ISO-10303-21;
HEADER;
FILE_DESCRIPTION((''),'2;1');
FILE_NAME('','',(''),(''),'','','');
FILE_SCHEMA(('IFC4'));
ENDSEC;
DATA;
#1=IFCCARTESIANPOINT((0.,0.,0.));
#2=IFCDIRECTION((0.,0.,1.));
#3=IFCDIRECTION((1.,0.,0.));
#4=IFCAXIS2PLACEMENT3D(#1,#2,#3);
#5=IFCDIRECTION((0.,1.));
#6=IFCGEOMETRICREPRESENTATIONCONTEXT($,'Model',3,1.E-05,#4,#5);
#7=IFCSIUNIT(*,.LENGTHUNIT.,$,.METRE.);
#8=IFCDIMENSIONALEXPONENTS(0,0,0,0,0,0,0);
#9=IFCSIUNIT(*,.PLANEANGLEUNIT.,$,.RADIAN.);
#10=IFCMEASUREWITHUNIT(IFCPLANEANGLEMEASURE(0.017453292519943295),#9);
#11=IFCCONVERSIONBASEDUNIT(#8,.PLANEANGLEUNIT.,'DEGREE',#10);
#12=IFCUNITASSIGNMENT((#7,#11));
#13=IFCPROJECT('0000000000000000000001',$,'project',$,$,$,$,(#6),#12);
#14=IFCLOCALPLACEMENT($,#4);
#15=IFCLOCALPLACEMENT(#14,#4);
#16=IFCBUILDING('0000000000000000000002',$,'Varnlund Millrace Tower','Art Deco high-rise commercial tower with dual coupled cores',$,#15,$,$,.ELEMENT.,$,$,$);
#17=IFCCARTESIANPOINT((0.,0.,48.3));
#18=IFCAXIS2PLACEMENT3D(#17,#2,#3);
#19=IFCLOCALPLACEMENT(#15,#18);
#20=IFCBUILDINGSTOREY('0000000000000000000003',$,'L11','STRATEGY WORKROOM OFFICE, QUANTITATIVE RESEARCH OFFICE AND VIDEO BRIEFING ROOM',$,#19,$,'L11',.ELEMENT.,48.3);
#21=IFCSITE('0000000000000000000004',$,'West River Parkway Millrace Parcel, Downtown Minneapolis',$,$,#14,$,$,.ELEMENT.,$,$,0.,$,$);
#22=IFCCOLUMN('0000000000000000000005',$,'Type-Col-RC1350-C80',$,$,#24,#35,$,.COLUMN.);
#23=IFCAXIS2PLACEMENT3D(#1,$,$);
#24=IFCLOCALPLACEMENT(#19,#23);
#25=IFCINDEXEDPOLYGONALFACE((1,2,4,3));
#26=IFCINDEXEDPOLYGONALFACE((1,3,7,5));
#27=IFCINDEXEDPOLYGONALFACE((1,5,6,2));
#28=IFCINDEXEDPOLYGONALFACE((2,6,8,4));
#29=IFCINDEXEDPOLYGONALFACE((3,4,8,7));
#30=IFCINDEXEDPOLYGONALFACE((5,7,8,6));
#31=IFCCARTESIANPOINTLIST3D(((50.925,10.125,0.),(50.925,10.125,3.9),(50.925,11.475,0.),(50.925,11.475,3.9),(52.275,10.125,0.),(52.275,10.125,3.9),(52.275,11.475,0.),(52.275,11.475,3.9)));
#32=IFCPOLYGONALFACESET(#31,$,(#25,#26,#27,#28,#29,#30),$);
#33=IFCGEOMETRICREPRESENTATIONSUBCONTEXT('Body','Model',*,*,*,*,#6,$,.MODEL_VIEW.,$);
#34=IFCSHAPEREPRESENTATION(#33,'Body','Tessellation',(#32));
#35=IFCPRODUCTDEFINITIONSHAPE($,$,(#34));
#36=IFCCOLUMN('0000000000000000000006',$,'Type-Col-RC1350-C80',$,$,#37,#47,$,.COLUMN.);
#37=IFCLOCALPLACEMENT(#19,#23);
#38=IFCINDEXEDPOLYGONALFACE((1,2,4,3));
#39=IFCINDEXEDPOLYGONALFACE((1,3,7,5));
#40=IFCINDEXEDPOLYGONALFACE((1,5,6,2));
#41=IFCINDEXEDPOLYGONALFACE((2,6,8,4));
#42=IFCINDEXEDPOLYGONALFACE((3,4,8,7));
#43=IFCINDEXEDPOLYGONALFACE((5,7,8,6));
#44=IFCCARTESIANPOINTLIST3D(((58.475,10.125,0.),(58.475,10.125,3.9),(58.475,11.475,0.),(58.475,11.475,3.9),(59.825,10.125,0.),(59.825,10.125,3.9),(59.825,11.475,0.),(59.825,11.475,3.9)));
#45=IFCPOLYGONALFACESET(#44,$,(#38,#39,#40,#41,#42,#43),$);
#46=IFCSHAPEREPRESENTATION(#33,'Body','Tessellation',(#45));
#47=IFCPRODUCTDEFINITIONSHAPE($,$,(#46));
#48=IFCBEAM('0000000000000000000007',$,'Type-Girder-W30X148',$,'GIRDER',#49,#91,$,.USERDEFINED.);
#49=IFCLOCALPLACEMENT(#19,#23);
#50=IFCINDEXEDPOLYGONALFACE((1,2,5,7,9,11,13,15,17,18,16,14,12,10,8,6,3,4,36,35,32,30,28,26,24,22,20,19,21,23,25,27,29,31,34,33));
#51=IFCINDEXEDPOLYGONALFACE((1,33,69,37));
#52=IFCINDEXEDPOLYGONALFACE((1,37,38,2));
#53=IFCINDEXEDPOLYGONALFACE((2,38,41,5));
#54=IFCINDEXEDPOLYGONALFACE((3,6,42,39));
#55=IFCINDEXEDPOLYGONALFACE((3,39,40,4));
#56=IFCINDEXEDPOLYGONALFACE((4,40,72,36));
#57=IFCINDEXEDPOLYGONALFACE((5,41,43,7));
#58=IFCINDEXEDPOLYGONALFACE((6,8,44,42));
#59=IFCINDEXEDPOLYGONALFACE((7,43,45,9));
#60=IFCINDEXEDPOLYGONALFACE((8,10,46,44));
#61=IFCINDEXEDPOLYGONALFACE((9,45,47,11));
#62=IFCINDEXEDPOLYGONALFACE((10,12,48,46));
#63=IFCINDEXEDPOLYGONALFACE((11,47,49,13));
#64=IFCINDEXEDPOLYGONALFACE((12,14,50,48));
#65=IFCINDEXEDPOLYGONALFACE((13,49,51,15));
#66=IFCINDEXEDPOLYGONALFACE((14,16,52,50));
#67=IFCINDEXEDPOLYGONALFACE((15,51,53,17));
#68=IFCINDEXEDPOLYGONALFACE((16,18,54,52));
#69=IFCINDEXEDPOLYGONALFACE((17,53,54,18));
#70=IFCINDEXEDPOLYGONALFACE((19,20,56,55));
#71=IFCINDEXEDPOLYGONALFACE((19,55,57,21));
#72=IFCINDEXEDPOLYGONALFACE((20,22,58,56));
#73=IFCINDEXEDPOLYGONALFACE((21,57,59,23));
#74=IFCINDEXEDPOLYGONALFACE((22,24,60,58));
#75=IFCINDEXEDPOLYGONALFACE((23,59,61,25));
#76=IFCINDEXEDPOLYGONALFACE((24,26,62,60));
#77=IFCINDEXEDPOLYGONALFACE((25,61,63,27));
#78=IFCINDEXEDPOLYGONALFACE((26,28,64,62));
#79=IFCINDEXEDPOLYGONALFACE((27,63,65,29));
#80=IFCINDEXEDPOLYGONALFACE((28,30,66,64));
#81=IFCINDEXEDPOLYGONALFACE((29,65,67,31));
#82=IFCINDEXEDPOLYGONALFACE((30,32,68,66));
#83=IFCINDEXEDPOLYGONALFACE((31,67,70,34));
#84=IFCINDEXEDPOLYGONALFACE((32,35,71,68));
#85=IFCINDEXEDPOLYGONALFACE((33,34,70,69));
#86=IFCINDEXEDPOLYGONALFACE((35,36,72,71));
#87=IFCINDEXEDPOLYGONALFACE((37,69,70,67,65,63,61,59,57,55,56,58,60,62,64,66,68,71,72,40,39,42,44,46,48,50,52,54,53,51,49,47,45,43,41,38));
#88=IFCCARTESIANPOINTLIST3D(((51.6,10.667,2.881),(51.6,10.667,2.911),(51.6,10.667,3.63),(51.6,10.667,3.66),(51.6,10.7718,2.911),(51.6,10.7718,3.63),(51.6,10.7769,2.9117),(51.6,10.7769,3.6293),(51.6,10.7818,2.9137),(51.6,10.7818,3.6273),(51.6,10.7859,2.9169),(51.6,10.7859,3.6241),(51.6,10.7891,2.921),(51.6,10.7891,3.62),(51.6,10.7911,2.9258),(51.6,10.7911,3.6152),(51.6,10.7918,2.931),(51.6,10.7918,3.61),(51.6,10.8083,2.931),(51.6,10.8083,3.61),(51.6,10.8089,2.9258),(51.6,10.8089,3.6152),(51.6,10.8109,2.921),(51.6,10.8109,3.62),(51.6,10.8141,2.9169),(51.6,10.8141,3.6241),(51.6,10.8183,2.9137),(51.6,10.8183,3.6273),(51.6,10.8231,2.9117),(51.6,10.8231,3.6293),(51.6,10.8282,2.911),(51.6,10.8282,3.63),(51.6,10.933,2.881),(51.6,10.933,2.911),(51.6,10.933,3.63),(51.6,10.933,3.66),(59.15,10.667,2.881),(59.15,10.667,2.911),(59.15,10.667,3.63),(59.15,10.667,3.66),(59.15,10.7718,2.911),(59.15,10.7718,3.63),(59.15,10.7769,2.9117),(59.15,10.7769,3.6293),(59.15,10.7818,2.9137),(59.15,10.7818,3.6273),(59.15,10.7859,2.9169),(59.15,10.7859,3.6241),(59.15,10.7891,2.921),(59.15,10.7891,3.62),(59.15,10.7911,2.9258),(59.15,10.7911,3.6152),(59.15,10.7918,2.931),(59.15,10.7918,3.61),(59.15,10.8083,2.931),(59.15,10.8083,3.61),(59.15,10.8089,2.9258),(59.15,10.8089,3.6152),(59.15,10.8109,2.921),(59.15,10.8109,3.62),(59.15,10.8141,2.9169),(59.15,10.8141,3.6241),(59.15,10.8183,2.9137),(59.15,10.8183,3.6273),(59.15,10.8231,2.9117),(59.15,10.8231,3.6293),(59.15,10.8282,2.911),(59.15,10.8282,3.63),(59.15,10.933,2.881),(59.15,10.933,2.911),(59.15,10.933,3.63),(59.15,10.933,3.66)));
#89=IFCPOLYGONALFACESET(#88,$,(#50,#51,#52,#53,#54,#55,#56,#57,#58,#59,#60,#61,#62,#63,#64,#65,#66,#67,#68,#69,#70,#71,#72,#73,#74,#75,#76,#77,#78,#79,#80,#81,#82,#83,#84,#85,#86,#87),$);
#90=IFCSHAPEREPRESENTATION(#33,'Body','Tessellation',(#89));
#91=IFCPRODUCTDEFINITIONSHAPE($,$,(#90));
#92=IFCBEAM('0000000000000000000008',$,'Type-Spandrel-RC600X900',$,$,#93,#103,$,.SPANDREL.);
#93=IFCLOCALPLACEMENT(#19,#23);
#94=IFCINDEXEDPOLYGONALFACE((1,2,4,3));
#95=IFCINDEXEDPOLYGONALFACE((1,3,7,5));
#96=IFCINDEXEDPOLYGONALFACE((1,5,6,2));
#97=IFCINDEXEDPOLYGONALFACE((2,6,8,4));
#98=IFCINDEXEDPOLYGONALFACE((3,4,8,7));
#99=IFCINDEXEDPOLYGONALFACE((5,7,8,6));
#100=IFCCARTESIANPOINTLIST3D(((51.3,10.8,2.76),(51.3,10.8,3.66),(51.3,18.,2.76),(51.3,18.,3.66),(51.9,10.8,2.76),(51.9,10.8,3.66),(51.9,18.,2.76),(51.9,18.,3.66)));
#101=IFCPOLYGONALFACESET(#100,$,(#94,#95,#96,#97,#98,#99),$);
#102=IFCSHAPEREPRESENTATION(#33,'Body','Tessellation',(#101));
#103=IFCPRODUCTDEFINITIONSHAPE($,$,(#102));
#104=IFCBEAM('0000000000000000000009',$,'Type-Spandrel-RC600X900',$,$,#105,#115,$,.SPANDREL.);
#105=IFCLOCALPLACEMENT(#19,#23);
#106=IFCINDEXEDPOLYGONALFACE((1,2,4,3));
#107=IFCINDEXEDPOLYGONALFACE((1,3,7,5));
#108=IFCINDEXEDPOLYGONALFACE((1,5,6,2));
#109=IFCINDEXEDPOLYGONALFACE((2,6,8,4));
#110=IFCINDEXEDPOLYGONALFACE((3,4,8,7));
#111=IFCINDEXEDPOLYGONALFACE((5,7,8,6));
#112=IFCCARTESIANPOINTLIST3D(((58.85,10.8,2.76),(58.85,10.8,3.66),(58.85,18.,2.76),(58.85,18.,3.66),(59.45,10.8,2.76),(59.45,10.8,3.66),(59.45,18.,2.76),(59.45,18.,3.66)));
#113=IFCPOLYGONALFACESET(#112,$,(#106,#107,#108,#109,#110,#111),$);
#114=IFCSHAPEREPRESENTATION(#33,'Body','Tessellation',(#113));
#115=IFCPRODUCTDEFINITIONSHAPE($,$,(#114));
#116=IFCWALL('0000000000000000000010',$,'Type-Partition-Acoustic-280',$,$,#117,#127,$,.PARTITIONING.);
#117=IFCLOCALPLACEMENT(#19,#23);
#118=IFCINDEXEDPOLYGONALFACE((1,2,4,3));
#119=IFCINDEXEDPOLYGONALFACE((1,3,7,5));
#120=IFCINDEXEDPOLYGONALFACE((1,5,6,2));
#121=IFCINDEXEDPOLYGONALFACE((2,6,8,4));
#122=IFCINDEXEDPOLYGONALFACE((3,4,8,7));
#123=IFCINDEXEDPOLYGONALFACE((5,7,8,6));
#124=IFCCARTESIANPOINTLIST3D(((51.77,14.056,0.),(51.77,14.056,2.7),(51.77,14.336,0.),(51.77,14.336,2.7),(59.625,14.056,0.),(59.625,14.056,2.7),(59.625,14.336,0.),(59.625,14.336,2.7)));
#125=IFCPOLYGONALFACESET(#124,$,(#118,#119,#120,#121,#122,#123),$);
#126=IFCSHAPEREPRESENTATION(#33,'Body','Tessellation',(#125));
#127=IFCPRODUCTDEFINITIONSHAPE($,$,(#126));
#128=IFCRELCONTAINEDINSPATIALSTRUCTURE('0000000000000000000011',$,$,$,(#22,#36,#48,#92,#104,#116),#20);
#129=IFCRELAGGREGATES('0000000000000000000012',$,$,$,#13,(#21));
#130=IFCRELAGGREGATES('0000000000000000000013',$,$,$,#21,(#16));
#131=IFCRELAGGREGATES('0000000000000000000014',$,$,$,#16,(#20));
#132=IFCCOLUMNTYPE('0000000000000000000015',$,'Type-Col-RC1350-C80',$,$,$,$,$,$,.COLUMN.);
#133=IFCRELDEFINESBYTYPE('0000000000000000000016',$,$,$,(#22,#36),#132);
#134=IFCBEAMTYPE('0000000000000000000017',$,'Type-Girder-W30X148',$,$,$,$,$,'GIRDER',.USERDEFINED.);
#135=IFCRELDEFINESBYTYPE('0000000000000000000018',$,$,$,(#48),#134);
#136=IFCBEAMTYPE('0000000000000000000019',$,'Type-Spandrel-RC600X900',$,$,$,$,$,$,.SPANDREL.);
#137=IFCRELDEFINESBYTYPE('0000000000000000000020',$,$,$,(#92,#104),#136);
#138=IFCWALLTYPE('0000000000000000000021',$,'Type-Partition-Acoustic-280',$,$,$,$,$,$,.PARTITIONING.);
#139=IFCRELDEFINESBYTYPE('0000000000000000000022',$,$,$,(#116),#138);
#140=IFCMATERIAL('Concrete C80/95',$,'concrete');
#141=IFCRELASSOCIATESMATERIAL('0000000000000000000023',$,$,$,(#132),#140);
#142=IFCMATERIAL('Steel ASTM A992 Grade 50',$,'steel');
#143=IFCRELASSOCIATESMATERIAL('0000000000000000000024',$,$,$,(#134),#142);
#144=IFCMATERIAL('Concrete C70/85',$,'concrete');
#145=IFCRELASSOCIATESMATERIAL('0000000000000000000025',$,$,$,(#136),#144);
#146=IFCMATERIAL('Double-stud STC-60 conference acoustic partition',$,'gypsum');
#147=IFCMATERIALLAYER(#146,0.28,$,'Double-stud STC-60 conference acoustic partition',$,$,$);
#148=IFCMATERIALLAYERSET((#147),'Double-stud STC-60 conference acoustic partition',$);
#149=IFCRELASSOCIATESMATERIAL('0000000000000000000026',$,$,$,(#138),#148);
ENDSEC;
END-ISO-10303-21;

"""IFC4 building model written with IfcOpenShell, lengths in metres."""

from ifc_helpers import new_model, entity, si_unit, converted_unit, direction, frame, origin_with_axes, origin_2d_with_axis, place, context, subcontext, project, spatial, polyline, rectangle, i_section, outline, extrude, material, layer, layer_set, material_profile, profile_set, type_object, element, save


model = new_model("IFC4")

# Units and contexts
model_context = context("Model", 3, precision=1e-05, world=origin_with_axes(), true_north=direction((0.0, 1.0)))
body_context = subcontext(model_context, "Body", "Model", "MODEL_VIEW")
ifc_project = project(units=[si_unit("LENGTHUNIT", "METRE"), converted_unit("PLANEANGLEUNIT", "DEGREE", entity("IfcPlaneAngleMeasure", 0.017453292519943295), si_unit("PLANEANGLEUNIT", "RADIAN"), dimensions=[0, 0, 0, 0, 0, 0, 0])], contexts=[model_context])

# Site, building, storey
site_placement = place(None, origin_with_axes())
site = spatial("IfcSite", under=ifc_project, at=site_placement, Name="West River Parkway Millrace Parcel, Downtown Minneapolis", CompositionType="ELEMENT", RefElevation=0.0)
building_placement = place(site_placement, origin_with_axes())
building = spatial("IfcBuilding", under=site, at=building_placement, Name="Varnlund Millrace Tower", Description="Art Deco high-rise commercial tower with dual coupled cores", CompositionType="ELEMENT")
storey_placement = place(building_placement, frame((0.0, 0.0, 48.3), z_axis=(0.0, 0.0, 1.0), x_axis=(1.0, 0.0, 0.0)))
storey = spatial("IfcBuildingStorey", under=building, at=storey_placement, Name="L11", Description="STRATEGY WORKROOM OFFICE, QUANTITATIVE RESEARCH OFFICE AND VIDEO BRIEFING ROOM", LongName="L11", CompositionType="ELEMENT", Elevation=48.3)

# Columns
ifc_material_1 = material(Name="Concrete C80/95", Category="concrete")
ifc_material_profile_1 = material_profile(ifc_material_1, rectangle(XDim=1.35, YDim=1.35, at=origin_2d_with_axis()), Name="Concrete C80/95")
ifc_profile_set_1 = profile_set([ifc_material_profile_1], Name="Concrete C80/95")
column_type = type_object("IfcColumnType", Name="Type-Col-RC1350-C80", PredefinedType="COLUMN", material=ifc_profile_set_1)
for number, where, z_axis, x_axis, name in (
    (1, (51.6, 10.8, 0.0), (0.0, 0.0, 1.0), (1.0, 0.0, 0.0), "Type-Col-RC1350-C80"),
    (2, (59.15, 10.8, 0.0), (0.0, 0.0, 1.0), (1.0, 0.0, 0.0), "Type-Col-RC1350-C80"),
):
    element("IfcColumn", number, at=place(storey_placement, frame(where, z_axis=z_axis, x_axis=x_axis)), inside=storey, type_object=column_type, Name=name, PredefinedType="COLUMN", context=body_context, shape_type="SweptSolid", body=[
        extrude(rectangle(XDim=1.35, YDim=1.35, at=origin_2d_with_axis()), origin_with_axes(), (0.0, 0.0, 1.0), 3.9),
    ])

# Beams
ifc_material_2 = material(Name="Steel ASTM A992 Grade 50", Category="steel")
ifc_material_profile_2 = material_profile(ifc_material_2, i_section(OverallWidth=0.266, OverallDepth=0.779, WebThickness=0.0165, FlangeThickness=0.03, FilletRadius=0.02, at=origin_2d_with_axis()), Name="Steel ASTM A992 Grade 50")
ifc_profile_set_2 = profile_set([ifc_material_profile_2], Name="Steel ASTM A992 Grade 50")
beam_type_1 = type_object("IfcBeamType", Name="Type-Girder-W30X148", ElementType="GIRDER", PredefinedType="USERDEFINED", material=ifc_profile_set_2)
beam_placement = place(storey_placement, frame((51.6, 10.8, 3.2705), z_axis=(1.0, 0.0, 0.0), x_axis=(0.0, 1.0, 0.0)))
element("IfcBeam", 3, at=beam_placement, inside=storey, type_object=beam_type_1, Name="Type-Girder-W30X148", ObjectType="GIRDER", PredefinedType="USERDEFINED", context=body_context, shape_type="SweptSolid", body=[
    extrude(i_section(OverallWidth=0.266, OverallDepth=0.779, WebThickness=0.0165, FlangeThickness=0.03, FilletRadius=0.02, at=origin_2d_with_axis()), origin_with_axes(), (0.0, 0.0, 1.0), 7.55),
])
ifc_material_3 = material(Name="Concrete C70/85", Category="concrete")
ifc_material_profile_3 = material_profile(ifc_material_3, rectangle(XDim=0.6, YDim=0.9, at=origin_2d_with_axis()), Name="Concrete C70/85")
ifc_profile_set_3 = profile_set([ifc_material_profile_3], Name="Concrete C70/85")
beam_type_2 = type_object("IfcBeamType", Name="Type-Spandrel-RC600X900", PredefinedType="SPANDREL", material=ifc_profile_set_3)
for number, where, z_axis, x_axis, name in (
    (4, (51.6, 10.8, 3.21), (0.0, 1.0, 0.0), (-1.0, 0.0, 0.0), "Type-Spandrel-RC600X900"),
    (5, (59.15, 10.8, 3.21), (0.0, 1.0, 0.0), (-1.0, 0.0, 0.0), "Type-Spandrel-RC600X900"),
):
    element("IfcBeam", number, at=place(storey_placement, frame(where, z_axis=z_axis, x_axis=x_axis)), inside=storey, type_object=beam_type_2, Name=name, PredefinedType="SPANDREL", context=body_context, shape_type="SweptSolid", body=[
        extrude(rectangle(XDim=0.6, YDim=0.9, at=origin_2d_with_axis()), origin_with_axes(), (0.0, 0.0, 1.0), 7.2),
    ])

# Wall
ifc_material_4 = material(Name="Double-stud STC-60 conference acoustic partition", Category="gypsum")
ifc_layer_1 = layer(ifc_material_4, 0.28, Name="Double-stud STC-60 conference acoustic partition")
ifc_layer_set_1 = layer_set([ifc_layer_1], Name="Double-stud STC-60 conference acoustic partition")
wall_type_1 = type_object("IfcWallType", Name="Type-Partition-Acoustic-280", PredefinedType="PARTITIONING", material=ifc_layer_set_1)
wall_1_placement = place(storey_placement, frame((51.77, 14.196, 0.0), z_axis=(0.0, 0.0, 1.0), x_axis=(1.0, 0.0, 0.0)))
element("IfcWall", 6, at=wall_1_placement, inside=storey, type_object=wall_type_1, Name="Type-Partition-Acoustic-280", PredefinedType="PARTITIONING", context=body_context, shape_type="SweptSolid", body=[
    extrude(outline(polyline([(0.0, -0.14), (7.855, -0.14), (7.855, 0.14), (0.0, 0.14), (0.0, -0.14)])), origin_with_axes(), (0.0, 0.0, 1.0), 2.7),
])

save(model, "model.ifc")
